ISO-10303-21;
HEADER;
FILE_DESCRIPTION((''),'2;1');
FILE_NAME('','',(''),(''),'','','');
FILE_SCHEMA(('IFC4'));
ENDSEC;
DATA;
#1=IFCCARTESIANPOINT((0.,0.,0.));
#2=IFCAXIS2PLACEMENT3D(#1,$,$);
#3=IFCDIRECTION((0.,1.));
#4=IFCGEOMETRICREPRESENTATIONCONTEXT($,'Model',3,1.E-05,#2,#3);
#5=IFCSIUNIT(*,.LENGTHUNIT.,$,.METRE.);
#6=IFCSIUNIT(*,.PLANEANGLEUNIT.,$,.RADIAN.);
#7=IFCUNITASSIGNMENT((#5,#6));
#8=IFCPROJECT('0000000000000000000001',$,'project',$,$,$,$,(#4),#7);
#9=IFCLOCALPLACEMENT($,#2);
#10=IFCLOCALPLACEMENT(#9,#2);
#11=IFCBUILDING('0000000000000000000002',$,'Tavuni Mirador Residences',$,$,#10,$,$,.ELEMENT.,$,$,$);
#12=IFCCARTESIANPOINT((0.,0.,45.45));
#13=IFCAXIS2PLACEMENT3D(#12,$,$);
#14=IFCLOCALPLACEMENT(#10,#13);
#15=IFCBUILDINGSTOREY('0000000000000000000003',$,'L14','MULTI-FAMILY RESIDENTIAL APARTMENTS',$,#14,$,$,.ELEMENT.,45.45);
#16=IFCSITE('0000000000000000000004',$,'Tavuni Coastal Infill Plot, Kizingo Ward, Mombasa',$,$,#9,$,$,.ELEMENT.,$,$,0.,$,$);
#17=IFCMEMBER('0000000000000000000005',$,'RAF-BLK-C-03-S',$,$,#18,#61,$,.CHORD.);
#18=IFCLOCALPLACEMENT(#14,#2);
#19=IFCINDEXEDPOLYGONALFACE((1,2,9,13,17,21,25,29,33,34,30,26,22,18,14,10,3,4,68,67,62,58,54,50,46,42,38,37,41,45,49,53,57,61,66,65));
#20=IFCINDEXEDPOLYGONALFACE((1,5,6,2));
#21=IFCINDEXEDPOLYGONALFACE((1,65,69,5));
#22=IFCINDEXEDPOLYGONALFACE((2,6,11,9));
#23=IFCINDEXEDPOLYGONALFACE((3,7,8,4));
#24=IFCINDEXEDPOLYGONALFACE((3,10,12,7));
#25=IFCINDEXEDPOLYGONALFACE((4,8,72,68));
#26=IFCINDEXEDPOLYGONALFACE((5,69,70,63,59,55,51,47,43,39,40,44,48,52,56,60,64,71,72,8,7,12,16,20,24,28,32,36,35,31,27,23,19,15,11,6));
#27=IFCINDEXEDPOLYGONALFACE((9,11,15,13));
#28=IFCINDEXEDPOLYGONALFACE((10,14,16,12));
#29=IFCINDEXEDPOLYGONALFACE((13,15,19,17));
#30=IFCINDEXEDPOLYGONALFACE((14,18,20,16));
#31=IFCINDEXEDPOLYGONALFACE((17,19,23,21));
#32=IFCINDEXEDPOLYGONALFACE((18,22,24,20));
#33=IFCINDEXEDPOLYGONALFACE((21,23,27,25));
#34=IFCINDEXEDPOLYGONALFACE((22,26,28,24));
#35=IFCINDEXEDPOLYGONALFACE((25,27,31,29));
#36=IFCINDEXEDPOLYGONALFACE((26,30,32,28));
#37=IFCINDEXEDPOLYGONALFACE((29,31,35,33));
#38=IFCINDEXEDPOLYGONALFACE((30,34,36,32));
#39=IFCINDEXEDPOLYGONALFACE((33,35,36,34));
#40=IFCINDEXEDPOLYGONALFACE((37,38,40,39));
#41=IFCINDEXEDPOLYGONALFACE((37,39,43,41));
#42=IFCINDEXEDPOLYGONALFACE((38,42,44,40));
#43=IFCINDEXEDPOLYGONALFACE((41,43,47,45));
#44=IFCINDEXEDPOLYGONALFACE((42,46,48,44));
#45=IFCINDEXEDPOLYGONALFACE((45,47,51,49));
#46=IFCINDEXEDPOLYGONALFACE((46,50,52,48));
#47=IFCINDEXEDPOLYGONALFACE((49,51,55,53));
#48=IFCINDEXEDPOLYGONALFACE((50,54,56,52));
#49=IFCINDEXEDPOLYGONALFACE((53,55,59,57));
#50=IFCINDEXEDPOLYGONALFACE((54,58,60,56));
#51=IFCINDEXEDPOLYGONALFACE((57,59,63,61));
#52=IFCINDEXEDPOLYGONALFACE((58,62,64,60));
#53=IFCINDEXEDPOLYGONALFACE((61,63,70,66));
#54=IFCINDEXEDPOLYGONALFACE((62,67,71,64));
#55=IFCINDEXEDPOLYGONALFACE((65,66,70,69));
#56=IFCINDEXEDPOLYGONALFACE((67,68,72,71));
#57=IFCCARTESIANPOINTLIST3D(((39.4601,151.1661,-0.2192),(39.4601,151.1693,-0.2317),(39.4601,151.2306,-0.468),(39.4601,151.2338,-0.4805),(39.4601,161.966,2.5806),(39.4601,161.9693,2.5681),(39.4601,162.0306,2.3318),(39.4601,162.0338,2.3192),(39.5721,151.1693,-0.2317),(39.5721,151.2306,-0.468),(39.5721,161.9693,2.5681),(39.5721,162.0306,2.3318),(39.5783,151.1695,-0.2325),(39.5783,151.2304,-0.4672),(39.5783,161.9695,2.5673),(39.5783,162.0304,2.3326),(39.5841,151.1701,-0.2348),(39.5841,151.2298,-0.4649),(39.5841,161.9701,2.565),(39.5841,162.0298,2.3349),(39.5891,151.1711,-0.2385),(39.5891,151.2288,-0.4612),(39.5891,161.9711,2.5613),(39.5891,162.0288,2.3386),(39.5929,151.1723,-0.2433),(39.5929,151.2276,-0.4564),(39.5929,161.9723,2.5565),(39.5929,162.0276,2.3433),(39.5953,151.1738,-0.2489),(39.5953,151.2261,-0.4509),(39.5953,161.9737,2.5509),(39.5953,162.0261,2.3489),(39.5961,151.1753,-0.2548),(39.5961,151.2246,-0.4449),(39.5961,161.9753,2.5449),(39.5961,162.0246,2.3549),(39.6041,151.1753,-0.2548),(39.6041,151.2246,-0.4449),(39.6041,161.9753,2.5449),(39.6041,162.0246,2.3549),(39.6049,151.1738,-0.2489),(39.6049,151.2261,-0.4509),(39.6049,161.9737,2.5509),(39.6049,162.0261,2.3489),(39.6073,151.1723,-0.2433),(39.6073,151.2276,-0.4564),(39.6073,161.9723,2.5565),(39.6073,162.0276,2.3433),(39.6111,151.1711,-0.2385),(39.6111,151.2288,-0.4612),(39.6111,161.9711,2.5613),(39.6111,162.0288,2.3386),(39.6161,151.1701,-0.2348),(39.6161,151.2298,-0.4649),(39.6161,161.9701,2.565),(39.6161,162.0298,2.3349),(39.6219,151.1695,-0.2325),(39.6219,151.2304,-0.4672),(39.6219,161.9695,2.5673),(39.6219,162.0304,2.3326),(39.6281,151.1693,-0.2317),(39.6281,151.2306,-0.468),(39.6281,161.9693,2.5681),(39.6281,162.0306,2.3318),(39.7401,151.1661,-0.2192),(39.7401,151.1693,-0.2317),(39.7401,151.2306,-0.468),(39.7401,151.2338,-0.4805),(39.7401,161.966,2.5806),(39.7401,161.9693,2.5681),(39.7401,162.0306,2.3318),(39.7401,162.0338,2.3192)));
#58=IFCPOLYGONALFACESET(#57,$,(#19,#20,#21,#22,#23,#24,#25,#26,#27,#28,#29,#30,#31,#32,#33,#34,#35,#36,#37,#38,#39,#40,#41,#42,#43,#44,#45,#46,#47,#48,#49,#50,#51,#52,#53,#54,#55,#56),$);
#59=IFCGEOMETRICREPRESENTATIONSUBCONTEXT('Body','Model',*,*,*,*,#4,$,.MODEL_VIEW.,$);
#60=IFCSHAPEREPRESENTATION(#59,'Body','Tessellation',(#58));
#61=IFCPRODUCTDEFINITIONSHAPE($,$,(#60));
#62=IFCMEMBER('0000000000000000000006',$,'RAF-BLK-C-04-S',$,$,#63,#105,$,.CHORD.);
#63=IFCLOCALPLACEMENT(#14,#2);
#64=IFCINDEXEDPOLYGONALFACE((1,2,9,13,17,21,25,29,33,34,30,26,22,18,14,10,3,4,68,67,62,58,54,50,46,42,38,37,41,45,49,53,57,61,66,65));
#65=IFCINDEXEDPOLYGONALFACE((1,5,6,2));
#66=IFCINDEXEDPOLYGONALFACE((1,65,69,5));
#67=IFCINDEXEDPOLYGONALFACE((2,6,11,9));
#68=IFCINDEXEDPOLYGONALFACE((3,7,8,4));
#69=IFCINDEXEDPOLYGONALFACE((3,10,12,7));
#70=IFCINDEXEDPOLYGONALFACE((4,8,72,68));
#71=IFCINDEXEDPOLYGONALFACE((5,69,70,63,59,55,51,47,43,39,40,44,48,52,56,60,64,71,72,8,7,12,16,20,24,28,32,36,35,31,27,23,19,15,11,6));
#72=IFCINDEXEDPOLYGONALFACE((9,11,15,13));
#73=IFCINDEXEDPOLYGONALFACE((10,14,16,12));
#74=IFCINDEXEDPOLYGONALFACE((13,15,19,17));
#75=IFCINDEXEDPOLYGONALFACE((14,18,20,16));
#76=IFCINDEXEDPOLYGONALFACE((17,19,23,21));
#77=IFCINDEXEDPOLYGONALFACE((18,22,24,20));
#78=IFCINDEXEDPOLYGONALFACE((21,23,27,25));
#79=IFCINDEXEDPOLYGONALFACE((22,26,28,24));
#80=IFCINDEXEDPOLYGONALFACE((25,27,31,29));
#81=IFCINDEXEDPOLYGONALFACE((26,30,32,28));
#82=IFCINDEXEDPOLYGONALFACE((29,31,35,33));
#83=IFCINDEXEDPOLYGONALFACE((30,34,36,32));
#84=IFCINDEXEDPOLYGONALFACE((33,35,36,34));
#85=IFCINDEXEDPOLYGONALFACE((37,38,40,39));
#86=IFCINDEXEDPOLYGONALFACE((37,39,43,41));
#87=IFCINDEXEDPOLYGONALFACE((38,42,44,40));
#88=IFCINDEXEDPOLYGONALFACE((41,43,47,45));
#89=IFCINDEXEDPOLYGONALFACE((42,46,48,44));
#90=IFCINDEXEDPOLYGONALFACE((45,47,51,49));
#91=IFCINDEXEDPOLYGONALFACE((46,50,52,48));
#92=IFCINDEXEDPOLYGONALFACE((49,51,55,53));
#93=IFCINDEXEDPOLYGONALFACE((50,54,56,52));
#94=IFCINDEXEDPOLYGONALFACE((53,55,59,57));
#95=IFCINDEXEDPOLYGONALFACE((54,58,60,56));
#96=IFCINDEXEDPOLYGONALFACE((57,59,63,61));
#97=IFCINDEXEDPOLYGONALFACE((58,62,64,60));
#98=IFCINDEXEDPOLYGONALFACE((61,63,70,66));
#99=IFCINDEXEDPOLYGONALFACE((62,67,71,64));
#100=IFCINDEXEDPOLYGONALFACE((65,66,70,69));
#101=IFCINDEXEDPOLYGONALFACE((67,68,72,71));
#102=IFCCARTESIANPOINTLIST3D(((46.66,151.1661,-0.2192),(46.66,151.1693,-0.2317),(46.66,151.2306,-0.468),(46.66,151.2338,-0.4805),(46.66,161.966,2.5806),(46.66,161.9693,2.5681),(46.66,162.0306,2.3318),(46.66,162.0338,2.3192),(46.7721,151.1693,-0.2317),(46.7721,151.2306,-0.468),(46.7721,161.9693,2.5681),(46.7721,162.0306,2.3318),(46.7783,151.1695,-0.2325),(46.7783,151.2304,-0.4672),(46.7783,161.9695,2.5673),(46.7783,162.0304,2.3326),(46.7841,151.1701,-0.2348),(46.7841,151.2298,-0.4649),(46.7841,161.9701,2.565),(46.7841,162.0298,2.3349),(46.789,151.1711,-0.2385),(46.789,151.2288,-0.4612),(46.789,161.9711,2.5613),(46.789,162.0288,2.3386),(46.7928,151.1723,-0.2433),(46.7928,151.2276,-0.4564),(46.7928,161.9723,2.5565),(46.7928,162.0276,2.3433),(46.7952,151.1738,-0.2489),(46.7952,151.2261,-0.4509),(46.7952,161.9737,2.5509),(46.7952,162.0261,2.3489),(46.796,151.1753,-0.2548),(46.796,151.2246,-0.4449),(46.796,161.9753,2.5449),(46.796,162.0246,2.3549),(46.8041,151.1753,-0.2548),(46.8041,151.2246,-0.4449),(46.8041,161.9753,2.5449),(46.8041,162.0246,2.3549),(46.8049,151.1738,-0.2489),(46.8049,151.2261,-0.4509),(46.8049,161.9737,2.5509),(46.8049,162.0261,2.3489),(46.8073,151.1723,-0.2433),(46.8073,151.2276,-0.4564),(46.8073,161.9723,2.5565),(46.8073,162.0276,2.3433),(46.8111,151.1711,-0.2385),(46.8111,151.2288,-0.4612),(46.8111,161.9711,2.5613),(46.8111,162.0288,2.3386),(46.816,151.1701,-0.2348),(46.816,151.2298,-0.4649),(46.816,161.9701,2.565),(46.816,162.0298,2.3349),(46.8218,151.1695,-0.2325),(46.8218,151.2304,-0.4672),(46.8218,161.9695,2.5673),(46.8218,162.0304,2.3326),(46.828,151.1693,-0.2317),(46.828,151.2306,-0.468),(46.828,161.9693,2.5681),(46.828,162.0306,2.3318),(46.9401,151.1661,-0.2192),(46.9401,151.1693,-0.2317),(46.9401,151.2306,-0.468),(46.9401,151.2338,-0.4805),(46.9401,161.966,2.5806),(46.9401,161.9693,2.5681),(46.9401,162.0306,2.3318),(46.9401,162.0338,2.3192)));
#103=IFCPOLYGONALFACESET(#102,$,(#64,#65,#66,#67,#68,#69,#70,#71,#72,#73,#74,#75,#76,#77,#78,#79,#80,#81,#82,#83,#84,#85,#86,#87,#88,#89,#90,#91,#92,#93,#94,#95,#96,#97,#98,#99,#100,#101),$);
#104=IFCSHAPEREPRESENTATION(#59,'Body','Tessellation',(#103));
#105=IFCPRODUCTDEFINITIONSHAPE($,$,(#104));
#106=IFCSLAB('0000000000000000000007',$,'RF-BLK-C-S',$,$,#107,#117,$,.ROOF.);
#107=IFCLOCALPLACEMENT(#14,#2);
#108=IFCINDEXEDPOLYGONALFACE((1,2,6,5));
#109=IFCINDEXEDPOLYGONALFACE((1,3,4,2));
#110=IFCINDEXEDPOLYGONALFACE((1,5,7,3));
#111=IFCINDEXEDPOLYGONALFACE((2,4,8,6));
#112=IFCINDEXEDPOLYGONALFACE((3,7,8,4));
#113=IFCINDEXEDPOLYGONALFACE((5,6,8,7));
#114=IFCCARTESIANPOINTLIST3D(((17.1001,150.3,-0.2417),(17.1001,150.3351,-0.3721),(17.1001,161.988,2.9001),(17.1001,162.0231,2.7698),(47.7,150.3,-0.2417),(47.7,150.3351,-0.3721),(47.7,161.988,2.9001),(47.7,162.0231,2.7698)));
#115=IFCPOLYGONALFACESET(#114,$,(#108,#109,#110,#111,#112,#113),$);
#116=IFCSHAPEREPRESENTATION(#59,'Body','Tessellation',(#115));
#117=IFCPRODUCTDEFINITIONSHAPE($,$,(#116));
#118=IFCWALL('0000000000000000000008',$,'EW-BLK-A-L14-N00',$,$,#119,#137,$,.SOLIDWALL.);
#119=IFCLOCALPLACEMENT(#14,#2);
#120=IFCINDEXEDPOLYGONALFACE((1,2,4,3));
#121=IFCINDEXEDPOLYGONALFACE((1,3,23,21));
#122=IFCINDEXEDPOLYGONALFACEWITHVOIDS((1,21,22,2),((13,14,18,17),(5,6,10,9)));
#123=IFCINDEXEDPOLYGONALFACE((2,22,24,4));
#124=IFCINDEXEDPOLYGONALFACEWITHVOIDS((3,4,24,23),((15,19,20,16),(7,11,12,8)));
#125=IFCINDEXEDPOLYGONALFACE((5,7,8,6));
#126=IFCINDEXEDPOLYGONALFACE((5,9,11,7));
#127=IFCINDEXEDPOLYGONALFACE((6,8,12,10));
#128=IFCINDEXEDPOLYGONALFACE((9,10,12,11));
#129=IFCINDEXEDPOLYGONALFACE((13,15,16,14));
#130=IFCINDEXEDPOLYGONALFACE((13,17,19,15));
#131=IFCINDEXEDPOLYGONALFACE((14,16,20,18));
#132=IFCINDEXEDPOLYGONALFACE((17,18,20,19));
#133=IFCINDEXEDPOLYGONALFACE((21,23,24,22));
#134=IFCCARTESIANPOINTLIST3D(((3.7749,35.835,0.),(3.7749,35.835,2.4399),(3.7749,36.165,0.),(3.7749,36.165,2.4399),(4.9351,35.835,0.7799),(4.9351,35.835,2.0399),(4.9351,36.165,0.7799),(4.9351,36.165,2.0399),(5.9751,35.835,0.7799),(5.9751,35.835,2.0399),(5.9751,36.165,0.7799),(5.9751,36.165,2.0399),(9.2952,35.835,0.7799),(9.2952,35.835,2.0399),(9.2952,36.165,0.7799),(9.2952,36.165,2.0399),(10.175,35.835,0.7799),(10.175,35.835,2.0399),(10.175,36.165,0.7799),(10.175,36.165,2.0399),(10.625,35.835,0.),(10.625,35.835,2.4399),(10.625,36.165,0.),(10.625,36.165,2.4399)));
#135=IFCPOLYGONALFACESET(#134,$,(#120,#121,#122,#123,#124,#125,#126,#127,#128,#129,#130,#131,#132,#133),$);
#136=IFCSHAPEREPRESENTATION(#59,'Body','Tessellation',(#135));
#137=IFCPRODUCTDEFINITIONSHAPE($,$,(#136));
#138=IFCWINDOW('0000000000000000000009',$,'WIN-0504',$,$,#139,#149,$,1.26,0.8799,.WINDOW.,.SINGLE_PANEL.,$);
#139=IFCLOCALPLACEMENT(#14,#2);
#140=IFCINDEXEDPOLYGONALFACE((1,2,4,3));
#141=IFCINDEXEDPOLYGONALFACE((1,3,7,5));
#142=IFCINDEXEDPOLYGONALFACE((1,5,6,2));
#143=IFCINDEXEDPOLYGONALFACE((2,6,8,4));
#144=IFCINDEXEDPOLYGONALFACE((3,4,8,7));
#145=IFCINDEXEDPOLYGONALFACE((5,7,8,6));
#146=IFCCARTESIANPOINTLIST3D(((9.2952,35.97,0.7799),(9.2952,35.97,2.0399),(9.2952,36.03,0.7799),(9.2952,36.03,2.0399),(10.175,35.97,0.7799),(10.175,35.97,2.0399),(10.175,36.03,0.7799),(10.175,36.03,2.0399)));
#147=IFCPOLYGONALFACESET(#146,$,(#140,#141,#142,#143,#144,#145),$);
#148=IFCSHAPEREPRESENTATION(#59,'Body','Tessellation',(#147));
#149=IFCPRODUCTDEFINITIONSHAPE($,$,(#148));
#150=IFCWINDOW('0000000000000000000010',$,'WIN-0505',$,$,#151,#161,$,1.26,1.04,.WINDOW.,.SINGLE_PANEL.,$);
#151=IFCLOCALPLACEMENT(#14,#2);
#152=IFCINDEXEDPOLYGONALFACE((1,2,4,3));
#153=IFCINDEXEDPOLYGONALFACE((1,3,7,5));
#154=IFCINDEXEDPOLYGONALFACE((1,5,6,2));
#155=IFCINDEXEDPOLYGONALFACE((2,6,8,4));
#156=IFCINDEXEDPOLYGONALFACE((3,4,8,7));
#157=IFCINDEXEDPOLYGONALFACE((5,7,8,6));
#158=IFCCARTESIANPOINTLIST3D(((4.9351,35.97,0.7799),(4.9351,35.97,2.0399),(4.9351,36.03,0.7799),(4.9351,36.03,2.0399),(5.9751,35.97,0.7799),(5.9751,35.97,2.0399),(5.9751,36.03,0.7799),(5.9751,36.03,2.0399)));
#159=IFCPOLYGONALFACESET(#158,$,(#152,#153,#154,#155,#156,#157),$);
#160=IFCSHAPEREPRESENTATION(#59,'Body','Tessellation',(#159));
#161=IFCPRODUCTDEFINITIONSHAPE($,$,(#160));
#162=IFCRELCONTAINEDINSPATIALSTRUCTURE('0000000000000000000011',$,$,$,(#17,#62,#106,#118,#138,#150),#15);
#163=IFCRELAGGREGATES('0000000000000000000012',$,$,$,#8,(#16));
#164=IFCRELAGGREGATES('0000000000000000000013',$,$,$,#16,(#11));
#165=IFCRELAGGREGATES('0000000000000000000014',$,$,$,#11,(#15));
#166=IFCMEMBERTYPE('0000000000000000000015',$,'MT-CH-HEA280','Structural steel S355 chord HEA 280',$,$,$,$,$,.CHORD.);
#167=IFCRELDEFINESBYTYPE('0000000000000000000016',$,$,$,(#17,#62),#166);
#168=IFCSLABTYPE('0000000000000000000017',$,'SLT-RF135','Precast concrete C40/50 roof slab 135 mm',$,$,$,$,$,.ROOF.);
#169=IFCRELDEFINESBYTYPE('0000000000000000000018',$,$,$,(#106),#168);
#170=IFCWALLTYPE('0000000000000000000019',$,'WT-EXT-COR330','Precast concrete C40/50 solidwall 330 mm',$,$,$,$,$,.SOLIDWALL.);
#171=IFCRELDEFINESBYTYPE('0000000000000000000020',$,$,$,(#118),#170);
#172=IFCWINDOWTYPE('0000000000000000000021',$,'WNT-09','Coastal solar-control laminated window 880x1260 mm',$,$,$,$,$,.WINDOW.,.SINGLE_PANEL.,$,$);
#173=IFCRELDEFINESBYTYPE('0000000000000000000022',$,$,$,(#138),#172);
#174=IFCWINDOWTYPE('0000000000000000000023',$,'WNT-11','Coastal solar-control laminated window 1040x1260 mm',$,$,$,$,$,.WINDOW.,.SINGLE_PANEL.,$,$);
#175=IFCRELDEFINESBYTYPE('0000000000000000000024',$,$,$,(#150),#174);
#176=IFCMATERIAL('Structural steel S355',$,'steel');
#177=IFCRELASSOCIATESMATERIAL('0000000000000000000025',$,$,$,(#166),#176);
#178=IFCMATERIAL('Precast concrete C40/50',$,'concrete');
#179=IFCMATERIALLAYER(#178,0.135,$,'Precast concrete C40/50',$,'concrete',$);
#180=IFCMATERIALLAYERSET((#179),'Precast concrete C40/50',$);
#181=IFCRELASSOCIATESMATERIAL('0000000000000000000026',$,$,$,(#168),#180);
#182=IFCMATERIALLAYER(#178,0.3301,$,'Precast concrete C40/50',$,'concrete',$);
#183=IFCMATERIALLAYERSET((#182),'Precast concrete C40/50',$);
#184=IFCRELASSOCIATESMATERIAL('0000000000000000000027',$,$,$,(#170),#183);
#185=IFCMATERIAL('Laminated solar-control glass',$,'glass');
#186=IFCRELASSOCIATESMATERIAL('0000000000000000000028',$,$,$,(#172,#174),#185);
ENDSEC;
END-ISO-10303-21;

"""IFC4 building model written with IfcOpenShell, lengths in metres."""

from ifc_helpers import new_model, si_unit, direction, frame, frame_2d, origin, origin_2d, place, context, subcontext, project, spatial, polyline, rectangle, i_section, outline, extrude, material, layer, layer_set, material_profile, profile_set, type_object, element, fill, save


model = new_model("IFC4")

# Units and contexts
model_context = context("Model", 3, precision=1e-05, world=origin(), true_north=direction((0.0, 1.0)))
body_context = subcontext(model_context, "Body", "Model", "MODEL_VIEW")
ifc_project = project(units=[si_unit("LENGTHUNIT", "METRE"), si_unit("PLANEANGLEUNIT", "RADIAN")], contexts=[model_context])

# Site, building, storey
site_placement = place(None, origin())
site = spatial("IfcSite", under=ifc_project, at=site_placement, Name="Tavuni Coastal Infill Plot, Kizingo Ward, Mombasa", CompositionType="ELEMENT", RefElevation=0.0)
building_placement = place(site_placement, origin())
building = spatial("IfcBuilding", under=site, at=building_placement, Name="Tavuni Mirador Residences", CompositionType="ELEMENT")
storey_placement = place(building_placement, frame((0.0, 0.0, 45.45)))
storey = spatial("IfcBuildingStorey", under=building, at=storey_placement, Name="L14", Description="MULTI-FAMILY RESIDENTIAL APARTMENTS", CompositionType="ELEMENT", Elevation=45.45)

# Shared definitions
ifc_material_1 = material(Name="Precast concrete C40/50", Category="concrete")

# Members
ifc_material_2 = material(Name="Structural steel S355", Category="steel")
ifc_material_profile_1 = material_profile(ifc_material_2, i_section(OverallWidth=0.28, OverallDepth=0.27, WebThickness=0.0081, FlangeThickness=0.0129, FilletRadius=0.0239, at=origin_2d()), Name="HEA 280", Category="steel")
ifc_profile_set_1 = profile_set([ifc_material_profile_1], Name="Structural steel S355")
member_type = type_object("IfcMemberType", Name="MT-CH-HEA280", Description="Structural steel S355 chord HEA 280", PredefinedType="CHORD", material=ifc_profile_set_1)
for number, where, z_axis, x_axis, name in (
    (1, (39.6001, 151.2, -0.3499), (0.0, 0.968001, 0.250945), (-1.0, 0.0, 0.0), "RAF-BLK-C-03-S"),
    (2, (46.8, 151.2, -0.3499), (0.0, 0.968001, 0.250945), (-1.0, 0.0, 0.0), "RAF-BLK-C-04-S"),
):
    element("IfcMember", number, at=place(storey_placement, frame(where, z_axis=z_axis, x_axis=x_axis)), inside=storey, type_object=member_type, Name=name, PredefinedType="CHORD", context=body_context, shape_type="SweptSolid", body=[
        extrude(i_section(OverallWidth=0.28, OverallDepth=0.27, WebThickness=0.0081, FlangeThickness=0.0129, FilletRadius=0.0239, at=origin_2d()), origin(), (0.0, 0.0, 1.0), 11.157),
    ])

# Slab
ifc_layer_1 = layer(ifc_material_1, 0.135, Name="Precast concrete C40/50", Category="concrete")
ifc_layer_set_1 = layer_set([ifc_layer_1], Name="Precast concrete C40/50")
slab_type = type_object("IfcSlabType", Name="SLT-RF135", Description="Precast concrete C40/50 roof slab 135 mm", PredefinedType="ROOF", material=ifc_layer_set_1)
slab_placement = place(storey_placement, frame((17.1001, 150.3, -0.2417), z_axis=(0.0, -0.259594, 0.965718), x_axis=(1.0, 0.0, 0.0)))
element("IfcSlab", 3, at=slab_placement, inside=storey, type_object=slab_type, Name="RF-BLK-C-S", PredefinedType="ROOF", context=body_context, shape_type="SweptSolid", body=[
    extrude(outline(polyline([(0.0, 0.0), (30.5999, 0.0), (30.5999, 12.1029), (0.0, 12.1029), (0.0, 0.0)])), origin(), (0.0, 0.0, -1.0), 0.135),
])

# Wall, openings, windows
ifc_layer_2 = layer(ifc_material_1, 0.3301, Name="Precast concrete C40/50", Category="concrete")
ifc_layer_set_2 = layer_set([ifc_layer_2], Name="Precast concrete C40/50")
wall_type_1 = type_object("IfcWallType", Name="WT-EXT-COR330", Description="Precast concrete C40/50 solidwall 330 mm", PredefinedType="SOLIDWALL", material=ifc_layer_set_2)
wall_1_placement = place(storey_placement, frame((10.625, 36.0, 0.0), z_axis=(0.0, 0.0, 1.0), x_axis=(-1.0, 0.0, 0.0)))
wall_1 = element("IfcWall", 4, at=wall_1_placement, inside=storey, type_object=wall_type_1, Name="EW-BLK-A-L14-N00", PredefinedType="SOLIDWALL", context=body_context, shape_type="SweptSolid", body=[
    extrude(rectangle(XDim=6.8501, YDim=0.3301, at=frame_2d((3.425, 0.0))), origin(), (0.0, 0.0, 1.0), 2.4399),
])
opening_1_placement = place(wall_1_placement, frame((0.45, 0.0, 0.78)))
opening_1 = element("IfcOpeningElement", 5, at=opening_1_placement, cuts=wall_1, PredefinedType="OPENING", context=body_context, shape_type="SweptSolid", body=[
    extrude(rectangle(XDim=0.8799, YDim=1.26, at=frame_2d((0.4399, 0.6299))), frame((0.0, 0.175, 0.0), z_axis=(0.0, -1.0, 0.0), x_axis=(1.0, 0.0, 0.0)), (0.0, 0.0, 1.0), 0.3501),
])
opening_2_placement = place(wall_1_placement, frame((4.6499, 0.0, 0.78)))
opening_2 = element("IfcOpeningElement", 6, at=opening_2_placement, cuts=wall_1, PredefinedType="OPENING", context=body_context, shape_type="SweptSolid", body=[
    extrude(rectangle(XDim=1.04, YDim=1.26, at=frame_2d((0.52, 0.6299))), frame((0.0, 0.175, 0.0), z_axis=(0.0, -1.0, 0.0), x_axis=(1.0, 0.0, 0.0)), (0.0, 0.0, 1.0), 0.3501),
])
ifc_material_3 = material(Name="Laminated solar-control glass", Category="glass")
window_type_1 = type_object("IfcWindowType", Name="WNT-09", Description="Coastal solar-control laminated window 880x1260 mm", PartitioningType="SINGLE_PANEL", PredefinedType="WINDOW", material=ifc_material_3)
window_1_placement = place(opening_1_placement, origin())
window_1 = element("IfcWindow", 7, at=window_1_placement, inside=storey, type_object=window_type_1, Name="WIN-0504", OverallHeight=1.26, OverallWidth=0.8799, PartitioningType="SINGLE_PANEL", PredefinedType="WINDOW", context=body_context, shape_type="SweptSolid", body=[
    extrude(rectangle(XDim=0.8799, YDim=1.26, at=frame_2d((0.4399, 0.6299))), frame((0.0, 0.03, 0.0), z_axis=(0.0, -1.0, 0.0), x_axis=(1.0, 0.0, 0.0)), (0.0, 0.0, 1.0), 0.0601),
])
fill(opening_1, window_1)
window_type_2 = type_object("IfcWindowType", Name="WNT-11", Description="Coastal solar-control laminated window 1040x1260 mm", PartitioningType="SINGLE_PANEL", PredefinedType="WINDOW", material=ifc_material_3)
window_2_placement = place(opening_2_placement, origin())
window_2 = element("IfcWindow", 8, at=window_2_placement, inside=storey, type_object=window_type_2, Name="WIN-0505", OverallHeight=1.26, OverallWidth=1.04, PartitioningType="SINGLE_PANEL", PredefinedType="WINDOW", context=body_context, shape_type="SweptSolid", body=[
    extrude(rectangle(XDim=1.04, YDim=1.26, at=frame_2d((0.52, 0.6299))), frame((0.0, 0.03, 0.0), z_axis=(0.0, -1.0, 0.0), x_axis=(1.0, 0.0, 0.0)), (0.0, 0.0, 1.0), 0.0601),
])
fill(opening_2, window_2)

save(model, "model.ifc")
